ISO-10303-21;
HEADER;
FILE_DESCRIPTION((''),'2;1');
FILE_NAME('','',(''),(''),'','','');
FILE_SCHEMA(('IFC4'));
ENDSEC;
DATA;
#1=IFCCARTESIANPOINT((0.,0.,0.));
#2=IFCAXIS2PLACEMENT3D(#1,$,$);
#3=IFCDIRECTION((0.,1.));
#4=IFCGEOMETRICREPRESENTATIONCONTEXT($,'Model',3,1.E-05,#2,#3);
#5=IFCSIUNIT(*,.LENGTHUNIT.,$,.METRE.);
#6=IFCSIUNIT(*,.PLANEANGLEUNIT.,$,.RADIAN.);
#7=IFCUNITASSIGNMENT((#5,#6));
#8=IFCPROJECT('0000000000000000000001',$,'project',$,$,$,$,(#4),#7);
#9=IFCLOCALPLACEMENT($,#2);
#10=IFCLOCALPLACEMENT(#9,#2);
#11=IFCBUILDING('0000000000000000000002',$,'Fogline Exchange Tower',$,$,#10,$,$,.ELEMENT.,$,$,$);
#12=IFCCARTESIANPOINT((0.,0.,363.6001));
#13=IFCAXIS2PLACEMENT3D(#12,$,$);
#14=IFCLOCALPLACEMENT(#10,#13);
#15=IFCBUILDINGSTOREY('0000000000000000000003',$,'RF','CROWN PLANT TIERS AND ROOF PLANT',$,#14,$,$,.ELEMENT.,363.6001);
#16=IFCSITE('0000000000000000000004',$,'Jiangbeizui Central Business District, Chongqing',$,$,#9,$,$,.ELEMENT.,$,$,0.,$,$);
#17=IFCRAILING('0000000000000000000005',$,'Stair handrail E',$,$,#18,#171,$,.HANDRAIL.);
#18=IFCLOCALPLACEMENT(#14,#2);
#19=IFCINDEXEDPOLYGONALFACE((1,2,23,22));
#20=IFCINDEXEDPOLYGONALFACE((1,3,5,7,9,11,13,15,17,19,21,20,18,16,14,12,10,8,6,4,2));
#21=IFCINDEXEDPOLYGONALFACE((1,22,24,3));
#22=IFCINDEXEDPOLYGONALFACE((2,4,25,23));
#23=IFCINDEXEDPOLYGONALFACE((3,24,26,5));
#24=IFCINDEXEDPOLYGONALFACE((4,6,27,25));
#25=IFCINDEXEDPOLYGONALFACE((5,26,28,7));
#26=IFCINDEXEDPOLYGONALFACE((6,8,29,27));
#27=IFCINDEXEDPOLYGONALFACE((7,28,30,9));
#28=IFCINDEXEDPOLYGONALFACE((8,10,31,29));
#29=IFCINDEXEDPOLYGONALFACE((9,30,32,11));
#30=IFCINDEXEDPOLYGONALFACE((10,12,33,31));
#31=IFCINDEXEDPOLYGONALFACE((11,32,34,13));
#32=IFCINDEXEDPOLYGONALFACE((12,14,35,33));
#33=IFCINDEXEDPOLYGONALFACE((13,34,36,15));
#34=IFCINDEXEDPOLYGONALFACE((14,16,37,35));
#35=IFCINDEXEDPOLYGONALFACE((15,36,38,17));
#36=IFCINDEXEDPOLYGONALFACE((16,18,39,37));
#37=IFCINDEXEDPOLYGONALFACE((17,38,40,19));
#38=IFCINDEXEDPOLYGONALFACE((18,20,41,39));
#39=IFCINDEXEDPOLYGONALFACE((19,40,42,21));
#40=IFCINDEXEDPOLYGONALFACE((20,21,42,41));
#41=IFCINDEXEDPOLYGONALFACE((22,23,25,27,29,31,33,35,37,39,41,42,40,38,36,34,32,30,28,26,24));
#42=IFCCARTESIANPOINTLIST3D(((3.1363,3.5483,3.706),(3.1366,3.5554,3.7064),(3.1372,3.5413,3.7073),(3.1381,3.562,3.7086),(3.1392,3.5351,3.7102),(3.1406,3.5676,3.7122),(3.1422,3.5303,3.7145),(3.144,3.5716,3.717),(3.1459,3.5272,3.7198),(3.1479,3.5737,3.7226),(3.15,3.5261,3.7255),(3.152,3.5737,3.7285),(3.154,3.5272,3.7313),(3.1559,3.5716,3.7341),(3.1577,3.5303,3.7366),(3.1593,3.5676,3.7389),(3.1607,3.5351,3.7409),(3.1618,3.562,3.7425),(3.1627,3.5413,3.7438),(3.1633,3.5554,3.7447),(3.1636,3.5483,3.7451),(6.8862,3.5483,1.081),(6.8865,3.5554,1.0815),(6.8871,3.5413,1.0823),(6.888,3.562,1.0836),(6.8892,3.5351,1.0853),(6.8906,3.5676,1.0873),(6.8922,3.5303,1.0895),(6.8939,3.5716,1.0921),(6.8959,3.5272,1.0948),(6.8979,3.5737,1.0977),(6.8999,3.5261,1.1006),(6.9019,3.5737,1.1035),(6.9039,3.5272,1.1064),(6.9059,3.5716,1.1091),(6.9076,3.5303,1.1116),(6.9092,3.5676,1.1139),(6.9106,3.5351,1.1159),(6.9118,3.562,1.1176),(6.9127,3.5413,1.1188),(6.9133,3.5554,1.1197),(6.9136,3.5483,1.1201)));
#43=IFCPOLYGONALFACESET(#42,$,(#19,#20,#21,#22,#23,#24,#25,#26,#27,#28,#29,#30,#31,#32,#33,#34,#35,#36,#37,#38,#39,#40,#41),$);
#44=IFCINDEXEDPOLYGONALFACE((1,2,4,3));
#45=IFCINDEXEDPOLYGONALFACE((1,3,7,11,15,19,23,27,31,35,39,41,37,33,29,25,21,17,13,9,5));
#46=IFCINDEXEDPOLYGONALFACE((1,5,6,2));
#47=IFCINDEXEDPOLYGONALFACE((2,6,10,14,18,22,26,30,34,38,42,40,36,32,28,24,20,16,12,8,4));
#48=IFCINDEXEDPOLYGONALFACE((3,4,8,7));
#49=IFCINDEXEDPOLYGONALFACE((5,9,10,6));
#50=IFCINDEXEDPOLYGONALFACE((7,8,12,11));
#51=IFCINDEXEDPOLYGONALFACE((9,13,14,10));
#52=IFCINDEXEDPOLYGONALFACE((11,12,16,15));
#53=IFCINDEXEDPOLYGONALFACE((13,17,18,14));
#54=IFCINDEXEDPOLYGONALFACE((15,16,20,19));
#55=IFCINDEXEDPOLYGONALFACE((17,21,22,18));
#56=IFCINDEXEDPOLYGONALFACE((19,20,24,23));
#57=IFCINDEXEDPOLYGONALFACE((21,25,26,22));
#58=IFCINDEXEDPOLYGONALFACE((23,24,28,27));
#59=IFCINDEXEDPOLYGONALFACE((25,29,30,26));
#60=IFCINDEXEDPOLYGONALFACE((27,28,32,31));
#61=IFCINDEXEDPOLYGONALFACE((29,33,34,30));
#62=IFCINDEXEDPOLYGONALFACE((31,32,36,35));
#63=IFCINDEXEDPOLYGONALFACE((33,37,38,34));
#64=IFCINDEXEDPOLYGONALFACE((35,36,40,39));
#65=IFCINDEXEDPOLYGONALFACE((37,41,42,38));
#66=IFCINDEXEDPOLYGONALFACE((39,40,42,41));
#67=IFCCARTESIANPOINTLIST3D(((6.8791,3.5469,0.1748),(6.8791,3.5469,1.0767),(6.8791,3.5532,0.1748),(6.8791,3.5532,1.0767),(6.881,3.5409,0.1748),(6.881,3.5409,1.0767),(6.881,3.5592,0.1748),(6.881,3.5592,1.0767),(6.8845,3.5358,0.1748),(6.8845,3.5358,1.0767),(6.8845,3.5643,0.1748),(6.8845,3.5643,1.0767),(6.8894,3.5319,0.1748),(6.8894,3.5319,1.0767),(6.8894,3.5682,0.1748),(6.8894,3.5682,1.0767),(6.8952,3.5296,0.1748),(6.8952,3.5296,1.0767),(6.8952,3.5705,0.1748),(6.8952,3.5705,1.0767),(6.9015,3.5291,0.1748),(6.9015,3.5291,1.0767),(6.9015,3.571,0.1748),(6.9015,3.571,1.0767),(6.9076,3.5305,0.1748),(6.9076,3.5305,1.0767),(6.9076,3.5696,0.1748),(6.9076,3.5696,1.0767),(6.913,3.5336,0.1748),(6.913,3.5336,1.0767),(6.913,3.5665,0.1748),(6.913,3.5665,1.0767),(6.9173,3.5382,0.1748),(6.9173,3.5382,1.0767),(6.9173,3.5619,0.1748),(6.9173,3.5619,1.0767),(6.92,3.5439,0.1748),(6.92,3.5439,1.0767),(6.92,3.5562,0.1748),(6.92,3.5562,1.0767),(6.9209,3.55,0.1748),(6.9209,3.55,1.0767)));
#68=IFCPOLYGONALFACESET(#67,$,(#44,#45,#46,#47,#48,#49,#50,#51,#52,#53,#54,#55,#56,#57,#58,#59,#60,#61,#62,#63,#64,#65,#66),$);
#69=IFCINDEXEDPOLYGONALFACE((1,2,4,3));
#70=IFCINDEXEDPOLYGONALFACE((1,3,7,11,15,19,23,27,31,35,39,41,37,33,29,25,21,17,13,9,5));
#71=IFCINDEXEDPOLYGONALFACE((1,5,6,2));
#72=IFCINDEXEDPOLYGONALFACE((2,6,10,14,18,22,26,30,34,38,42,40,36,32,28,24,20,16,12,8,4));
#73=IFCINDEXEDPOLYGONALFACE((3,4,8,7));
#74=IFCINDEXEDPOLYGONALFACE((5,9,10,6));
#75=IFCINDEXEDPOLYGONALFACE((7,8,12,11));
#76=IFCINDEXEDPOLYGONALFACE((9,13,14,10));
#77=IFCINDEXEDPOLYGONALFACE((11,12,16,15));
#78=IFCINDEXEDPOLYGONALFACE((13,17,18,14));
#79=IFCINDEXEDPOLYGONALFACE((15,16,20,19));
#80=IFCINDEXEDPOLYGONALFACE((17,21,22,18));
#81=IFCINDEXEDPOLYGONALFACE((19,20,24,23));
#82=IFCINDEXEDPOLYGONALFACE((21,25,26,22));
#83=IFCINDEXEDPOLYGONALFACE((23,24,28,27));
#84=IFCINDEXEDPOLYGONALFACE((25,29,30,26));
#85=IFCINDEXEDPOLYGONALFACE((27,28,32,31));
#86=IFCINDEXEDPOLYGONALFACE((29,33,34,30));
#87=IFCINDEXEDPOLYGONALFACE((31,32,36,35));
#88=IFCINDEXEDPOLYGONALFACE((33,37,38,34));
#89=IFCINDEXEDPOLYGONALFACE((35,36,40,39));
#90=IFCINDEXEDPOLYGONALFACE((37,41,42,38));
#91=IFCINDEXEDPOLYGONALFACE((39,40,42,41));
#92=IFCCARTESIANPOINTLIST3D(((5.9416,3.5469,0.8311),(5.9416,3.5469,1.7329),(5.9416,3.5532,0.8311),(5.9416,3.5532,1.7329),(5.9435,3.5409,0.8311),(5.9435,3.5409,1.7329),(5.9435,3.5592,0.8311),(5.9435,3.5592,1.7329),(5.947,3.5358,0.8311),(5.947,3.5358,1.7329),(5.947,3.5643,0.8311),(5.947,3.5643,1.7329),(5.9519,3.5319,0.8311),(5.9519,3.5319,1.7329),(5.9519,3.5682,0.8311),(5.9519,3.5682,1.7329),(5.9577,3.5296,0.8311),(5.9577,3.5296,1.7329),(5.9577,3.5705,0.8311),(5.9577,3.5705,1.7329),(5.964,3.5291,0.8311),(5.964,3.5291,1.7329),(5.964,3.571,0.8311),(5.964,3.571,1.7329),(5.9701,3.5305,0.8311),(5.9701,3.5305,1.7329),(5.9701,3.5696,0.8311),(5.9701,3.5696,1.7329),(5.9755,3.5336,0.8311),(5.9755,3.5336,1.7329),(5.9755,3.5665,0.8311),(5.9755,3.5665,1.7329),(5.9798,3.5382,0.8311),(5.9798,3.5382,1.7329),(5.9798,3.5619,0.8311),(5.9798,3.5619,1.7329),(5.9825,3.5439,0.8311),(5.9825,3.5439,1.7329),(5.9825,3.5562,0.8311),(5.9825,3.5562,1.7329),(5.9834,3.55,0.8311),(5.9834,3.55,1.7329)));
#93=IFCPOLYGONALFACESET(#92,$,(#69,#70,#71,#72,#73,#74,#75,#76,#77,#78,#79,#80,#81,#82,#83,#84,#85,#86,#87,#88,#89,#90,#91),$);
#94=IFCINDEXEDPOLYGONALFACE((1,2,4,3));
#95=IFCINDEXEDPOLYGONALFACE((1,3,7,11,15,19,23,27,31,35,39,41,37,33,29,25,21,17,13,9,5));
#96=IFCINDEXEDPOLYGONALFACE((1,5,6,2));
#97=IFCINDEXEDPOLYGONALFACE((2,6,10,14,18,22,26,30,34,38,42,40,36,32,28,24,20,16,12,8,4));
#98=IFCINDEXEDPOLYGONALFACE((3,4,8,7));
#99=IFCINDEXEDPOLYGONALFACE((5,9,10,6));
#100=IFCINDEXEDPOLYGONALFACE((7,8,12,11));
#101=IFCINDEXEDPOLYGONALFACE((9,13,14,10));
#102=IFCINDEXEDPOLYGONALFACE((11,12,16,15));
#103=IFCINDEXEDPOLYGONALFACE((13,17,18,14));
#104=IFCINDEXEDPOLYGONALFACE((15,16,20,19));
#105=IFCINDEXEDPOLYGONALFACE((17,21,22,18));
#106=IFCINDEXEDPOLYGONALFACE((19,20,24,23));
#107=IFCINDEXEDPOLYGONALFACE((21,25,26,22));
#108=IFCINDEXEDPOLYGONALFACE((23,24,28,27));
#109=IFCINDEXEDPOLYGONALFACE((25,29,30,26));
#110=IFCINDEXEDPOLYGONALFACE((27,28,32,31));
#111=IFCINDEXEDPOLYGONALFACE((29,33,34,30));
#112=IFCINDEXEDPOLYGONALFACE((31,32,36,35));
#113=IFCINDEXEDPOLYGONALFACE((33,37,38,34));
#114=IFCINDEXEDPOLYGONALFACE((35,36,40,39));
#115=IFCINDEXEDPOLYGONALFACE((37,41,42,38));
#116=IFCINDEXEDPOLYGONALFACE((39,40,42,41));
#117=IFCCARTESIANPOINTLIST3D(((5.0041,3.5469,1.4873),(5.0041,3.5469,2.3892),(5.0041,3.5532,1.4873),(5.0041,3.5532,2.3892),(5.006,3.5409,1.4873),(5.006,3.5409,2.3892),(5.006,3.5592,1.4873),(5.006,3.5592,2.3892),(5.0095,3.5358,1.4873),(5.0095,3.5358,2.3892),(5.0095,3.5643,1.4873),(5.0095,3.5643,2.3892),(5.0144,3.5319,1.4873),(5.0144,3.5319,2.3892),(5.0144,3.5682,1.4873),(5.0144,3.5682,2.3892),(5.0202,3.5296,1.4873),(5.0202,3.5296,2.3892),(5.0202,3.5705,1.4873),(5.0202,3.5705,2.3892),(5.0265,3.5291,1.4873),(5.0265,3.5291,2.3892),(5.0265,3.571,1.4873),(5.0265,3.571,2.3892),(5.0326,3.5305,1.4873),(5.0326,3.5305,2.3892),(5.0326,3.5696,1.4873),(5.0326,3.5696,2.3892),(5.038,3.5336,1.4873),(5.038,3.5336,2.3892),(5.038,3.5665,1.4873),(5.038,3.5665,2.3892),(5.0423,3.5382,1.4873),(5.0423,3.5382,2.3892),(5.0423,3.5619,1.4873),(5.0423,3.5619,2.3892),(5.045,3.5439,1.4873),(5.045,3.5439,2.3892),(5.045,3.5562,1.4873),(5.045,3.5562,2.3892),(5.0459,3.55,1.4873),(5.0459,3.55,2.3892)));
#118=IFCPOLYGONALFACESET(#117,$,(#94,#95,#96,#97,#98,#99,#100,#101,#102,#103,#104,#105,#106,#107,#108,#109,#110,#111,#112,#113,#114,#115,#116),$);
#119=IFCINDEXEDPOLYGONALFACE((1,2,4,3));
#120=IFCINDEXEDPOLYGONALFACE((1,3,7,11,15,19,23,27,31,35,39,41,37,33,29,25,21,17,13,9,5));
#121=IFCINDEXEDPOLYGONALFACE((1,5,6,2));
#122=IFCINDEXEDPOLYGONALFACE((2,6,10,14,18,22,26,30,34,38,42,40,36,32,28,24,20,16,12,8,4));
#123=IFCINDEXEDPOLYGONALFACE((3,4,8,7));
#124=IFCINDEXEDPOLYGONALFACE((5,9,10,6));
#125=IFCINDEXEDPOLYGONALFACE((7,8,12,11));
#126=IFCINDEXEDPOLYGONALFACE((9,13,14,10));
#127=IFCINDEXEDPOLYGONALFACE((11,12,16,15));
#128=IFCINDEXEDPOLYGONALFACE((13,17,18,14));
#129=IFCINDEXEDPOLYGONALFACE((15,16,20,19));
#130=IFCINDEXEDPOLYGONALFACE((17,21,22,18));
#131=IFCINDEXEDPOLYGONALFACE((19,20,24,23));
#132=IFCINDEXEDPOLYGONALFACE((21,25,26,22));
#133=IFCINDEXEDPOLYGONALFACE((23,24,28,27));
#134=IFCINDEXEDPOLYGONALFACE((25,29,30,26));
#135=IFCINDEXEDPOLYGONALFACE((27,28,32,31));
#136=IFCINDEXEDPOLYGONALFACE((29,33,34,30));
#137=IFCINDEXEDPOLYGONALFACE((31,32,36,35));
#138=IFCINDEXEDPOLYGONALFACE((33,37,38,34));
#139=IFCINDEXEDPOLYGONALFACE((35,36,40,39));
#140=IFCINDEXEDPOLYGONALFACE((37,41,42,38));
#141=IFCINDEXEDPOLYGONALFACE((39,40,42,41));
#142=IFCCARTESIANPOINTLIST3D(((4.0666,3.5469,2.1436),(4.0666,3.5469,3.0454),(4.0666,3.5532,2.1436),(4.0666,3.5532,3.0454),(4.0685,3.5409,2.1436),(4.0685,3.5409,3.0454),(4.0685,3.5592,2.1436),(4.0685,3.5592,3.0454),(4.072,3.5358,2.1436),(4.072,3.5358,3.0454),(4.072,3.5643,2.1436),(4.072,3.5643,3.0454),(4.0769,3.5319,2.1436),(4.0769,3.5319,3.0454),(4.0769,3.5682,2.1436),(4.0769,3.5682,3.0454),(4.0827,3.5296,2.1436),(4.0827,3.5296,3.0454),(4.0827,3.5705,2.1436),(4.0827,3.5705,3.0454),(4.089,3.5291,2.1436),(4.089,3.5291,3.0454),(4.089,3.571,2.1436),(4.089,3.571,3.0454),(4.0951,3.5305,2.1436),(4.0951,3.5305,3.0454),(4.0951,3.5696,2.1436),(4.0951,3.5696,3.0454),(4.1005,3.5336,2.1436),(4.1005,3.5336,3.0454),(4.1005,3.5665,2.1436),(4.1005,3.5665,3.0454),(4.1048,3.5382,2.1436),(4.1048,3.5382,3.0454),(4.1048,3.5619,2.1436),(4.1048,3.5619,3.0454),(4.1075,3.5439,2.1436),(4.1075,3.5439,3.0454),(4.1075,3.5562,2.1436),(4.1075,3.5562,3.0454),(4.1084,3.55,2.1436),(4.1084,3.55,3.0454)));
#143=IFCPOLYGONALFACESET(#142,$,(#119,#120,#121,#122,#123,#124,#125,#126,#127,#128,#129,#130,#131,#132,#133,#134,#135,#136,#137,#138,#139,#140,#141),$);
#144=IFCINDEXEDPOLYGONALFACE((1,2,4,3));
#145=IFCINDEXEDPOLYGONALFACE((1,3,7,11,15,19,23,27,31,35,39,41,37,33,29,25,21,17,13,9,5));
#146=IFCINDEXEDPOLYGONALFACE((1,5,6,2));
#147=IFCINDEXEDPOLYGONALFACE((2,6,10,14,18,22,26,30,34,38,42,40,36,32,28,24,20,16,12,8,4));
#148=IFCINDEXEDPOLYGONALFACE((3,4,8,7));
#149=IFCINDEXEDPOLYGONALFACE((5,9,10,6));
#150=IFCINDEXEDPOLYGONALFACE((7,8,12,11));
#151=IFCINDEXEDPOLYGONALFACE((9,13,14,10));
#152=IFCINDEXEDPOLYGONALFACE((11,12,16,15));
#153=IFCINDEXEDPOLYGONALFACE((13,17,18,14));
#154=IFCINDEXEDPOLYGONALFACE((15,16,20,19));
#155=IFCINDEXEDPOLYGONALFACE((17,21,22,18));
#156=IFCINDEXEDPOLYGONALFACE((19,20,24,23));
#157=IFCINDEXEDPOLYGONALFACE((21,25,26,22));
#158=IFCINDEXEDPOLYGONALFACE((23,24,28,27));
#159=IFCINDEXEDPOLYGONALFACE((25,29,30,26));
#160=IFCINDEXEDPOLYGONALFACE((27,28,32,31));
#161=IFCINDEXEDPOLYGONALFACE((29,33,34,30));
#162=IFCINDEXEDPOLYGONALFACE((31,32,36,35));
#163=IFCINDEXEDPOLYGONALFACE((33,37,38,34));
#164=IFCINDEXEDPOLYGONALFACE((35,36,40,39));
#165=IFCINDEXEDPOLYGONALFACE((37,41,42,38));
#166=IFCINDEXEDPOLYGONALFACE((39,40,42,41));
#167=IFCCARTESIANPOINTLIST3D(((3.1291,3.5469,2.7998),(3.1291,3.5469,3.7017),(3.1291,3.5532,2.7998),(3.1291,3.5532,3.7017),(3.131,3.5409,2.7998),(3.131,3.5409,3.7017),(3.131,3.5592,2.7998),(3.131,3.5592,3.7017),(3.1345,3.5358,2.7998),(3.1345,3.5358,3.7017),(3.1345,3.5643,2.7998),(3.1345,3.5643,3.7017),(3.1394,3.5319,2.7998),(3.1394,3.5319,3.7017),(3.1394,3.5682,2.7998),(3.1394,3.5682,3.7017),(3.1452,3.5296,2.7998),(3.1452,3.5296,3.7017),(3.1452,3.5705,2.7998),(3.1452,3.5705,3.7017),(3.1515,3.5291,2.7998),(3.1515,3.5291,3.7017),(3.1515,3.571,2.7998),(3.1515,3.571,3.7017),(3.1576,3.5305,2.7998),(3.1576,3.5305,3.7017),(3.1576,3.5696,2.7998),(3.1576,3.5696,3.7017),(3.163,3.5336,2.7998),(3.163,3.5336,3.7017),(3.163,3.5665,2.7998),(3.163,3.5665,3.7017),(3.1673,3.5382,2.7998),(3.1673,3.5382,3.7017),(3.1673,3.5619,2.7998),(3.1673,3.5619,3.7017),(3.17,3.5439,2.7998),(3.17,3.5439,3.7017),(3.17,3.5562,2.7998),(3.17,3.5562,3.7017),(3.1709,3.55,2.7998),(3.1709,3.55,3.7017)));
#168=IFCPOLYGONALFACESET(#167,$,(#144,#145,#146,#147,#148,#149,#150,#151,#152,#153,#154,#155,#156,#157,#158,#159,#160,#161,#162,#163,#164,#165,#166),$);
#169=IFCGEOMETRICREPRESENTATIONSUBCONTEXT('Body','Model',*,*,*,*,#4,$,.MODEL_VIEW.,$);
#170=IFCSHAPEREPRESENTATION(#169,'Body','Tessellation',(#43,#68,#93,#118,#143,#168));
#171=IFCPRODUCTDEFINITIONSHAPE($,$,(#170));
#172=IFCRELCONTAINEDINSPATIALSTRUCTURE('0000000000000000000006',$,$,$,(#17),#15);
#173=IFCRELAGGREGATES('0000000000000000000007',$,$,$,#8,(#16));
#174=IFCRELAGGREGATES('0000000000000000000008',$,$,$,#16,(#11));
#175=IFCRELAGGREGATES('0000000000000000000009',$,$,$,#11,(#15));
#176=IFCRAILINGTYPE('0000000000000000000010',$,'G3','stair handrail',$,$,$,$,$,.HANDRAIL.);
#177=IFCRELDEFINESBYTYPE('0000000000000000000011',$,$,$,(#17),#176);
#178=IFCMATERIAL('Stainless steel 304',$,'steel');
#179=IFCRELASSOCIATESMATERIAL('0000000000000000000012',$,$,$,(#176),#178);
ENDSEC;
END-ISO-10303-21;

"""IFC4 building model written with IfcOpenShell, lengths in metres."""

from ifc_helpers import new_model, si_unit, direction, frame, origin, origin_2d, place, context, subcontext, project, spatial, circle, extrude, material, type_object, element, save


model = new_model("IFC4")

# Units and contexts
model_context = context("Model", 3, precision=1e-05, world=origin(), true_north=direction((0.0, 1.0)))
body_context = subcontext(model_context, "Body", "Model", "MODEL_VIEW")
ifc_project = project(units=[si_unit("LENGTHUNIT", "METRE"), si_unit("PLANEANGLEUNIT", "RADIAN")], contexts=[model_context])

# Site, building, storey
site_placement = place(None, origin())
site = spatial("IfcSite", under=ifc_project, at=site_placement, Name="Jiangbeizui Central Business District, Chongqing", CompositionType="ELEMENT", RefElevation=0.0)
building_placement = place(site_placement, origin())
building = spatial("IfcBuilding", under=site, at=building_placement, Name="Fogline Exchange Tower", CompositionType="ELEMENT")
storey_placement = place(building_placement, frame((0.0, 0.0, 363.6001)))
storey = spatial("IfcBuildingStorey", under=building, at=storey_placement, Name="RF", Description="CROWN PLANT TIERS AND ROOF PLANT", CompositionType="ELEMENT", Elevation=363.6001)

# Railing
ifc_material_1 = material(Name="Stainless steel 304", Category="steel")
railing_type_1 = type_object("IfcRailingType", Name="G3", Description="stair handrail", PredefinedType="HANDRAIL", material=ifc_material_1)
for number, where, name in (
    (1, (6.8999, 3.55, 0.1748), "Stair handrail E"),
):
    element("IfcRailing", number, at=place(storey_placement, frame(where)), inside=storey, type_object=railing_type_1, Name=name, PredefinedType="HANDRAIL", context=body_context, shape_type="SweptSolid", body=[
        extrude(circle(Radius=0.0239, at=origin_2d()), frame((0.0, 0.0, 0.9258), z_axis=(-0.819232, 0.0, 0.573462), x_axis=(0.0, -1.0, 0.0)), (0.0, 0.0, 1.0), 4.5774),
        extrude(circle(Radius=0.021, at=origin_2d()), origin(), (0.0, 0.0, 1.0), 0.9019),
        extrude(circle(Radius=0.021, at=origin_2d()), frame((-0.9375, 0.0, 0.6562)), (0.0, 0.0, 1.0), 0.9019),
        extrude(circle(Radius=0.021, at=origin_2d()), frame((-1.875, 0.0, 1.3125)), (0.0, 0.0, 1.0), 0.9019),
        extrude(circle(Radius=0.021, at=origin_2d()), frame((-2.8125, 0.0, 1.9688)), (0.0, 0.0, 1.0), 0.9019),
        extrude(circle(Radius=0.021, at=origin_2d()), frame((-3.75, 0.0, 2.625)), (0.0, 0.0, 1.0), 0.9019),
    ])

save(model, "model.ifc")
